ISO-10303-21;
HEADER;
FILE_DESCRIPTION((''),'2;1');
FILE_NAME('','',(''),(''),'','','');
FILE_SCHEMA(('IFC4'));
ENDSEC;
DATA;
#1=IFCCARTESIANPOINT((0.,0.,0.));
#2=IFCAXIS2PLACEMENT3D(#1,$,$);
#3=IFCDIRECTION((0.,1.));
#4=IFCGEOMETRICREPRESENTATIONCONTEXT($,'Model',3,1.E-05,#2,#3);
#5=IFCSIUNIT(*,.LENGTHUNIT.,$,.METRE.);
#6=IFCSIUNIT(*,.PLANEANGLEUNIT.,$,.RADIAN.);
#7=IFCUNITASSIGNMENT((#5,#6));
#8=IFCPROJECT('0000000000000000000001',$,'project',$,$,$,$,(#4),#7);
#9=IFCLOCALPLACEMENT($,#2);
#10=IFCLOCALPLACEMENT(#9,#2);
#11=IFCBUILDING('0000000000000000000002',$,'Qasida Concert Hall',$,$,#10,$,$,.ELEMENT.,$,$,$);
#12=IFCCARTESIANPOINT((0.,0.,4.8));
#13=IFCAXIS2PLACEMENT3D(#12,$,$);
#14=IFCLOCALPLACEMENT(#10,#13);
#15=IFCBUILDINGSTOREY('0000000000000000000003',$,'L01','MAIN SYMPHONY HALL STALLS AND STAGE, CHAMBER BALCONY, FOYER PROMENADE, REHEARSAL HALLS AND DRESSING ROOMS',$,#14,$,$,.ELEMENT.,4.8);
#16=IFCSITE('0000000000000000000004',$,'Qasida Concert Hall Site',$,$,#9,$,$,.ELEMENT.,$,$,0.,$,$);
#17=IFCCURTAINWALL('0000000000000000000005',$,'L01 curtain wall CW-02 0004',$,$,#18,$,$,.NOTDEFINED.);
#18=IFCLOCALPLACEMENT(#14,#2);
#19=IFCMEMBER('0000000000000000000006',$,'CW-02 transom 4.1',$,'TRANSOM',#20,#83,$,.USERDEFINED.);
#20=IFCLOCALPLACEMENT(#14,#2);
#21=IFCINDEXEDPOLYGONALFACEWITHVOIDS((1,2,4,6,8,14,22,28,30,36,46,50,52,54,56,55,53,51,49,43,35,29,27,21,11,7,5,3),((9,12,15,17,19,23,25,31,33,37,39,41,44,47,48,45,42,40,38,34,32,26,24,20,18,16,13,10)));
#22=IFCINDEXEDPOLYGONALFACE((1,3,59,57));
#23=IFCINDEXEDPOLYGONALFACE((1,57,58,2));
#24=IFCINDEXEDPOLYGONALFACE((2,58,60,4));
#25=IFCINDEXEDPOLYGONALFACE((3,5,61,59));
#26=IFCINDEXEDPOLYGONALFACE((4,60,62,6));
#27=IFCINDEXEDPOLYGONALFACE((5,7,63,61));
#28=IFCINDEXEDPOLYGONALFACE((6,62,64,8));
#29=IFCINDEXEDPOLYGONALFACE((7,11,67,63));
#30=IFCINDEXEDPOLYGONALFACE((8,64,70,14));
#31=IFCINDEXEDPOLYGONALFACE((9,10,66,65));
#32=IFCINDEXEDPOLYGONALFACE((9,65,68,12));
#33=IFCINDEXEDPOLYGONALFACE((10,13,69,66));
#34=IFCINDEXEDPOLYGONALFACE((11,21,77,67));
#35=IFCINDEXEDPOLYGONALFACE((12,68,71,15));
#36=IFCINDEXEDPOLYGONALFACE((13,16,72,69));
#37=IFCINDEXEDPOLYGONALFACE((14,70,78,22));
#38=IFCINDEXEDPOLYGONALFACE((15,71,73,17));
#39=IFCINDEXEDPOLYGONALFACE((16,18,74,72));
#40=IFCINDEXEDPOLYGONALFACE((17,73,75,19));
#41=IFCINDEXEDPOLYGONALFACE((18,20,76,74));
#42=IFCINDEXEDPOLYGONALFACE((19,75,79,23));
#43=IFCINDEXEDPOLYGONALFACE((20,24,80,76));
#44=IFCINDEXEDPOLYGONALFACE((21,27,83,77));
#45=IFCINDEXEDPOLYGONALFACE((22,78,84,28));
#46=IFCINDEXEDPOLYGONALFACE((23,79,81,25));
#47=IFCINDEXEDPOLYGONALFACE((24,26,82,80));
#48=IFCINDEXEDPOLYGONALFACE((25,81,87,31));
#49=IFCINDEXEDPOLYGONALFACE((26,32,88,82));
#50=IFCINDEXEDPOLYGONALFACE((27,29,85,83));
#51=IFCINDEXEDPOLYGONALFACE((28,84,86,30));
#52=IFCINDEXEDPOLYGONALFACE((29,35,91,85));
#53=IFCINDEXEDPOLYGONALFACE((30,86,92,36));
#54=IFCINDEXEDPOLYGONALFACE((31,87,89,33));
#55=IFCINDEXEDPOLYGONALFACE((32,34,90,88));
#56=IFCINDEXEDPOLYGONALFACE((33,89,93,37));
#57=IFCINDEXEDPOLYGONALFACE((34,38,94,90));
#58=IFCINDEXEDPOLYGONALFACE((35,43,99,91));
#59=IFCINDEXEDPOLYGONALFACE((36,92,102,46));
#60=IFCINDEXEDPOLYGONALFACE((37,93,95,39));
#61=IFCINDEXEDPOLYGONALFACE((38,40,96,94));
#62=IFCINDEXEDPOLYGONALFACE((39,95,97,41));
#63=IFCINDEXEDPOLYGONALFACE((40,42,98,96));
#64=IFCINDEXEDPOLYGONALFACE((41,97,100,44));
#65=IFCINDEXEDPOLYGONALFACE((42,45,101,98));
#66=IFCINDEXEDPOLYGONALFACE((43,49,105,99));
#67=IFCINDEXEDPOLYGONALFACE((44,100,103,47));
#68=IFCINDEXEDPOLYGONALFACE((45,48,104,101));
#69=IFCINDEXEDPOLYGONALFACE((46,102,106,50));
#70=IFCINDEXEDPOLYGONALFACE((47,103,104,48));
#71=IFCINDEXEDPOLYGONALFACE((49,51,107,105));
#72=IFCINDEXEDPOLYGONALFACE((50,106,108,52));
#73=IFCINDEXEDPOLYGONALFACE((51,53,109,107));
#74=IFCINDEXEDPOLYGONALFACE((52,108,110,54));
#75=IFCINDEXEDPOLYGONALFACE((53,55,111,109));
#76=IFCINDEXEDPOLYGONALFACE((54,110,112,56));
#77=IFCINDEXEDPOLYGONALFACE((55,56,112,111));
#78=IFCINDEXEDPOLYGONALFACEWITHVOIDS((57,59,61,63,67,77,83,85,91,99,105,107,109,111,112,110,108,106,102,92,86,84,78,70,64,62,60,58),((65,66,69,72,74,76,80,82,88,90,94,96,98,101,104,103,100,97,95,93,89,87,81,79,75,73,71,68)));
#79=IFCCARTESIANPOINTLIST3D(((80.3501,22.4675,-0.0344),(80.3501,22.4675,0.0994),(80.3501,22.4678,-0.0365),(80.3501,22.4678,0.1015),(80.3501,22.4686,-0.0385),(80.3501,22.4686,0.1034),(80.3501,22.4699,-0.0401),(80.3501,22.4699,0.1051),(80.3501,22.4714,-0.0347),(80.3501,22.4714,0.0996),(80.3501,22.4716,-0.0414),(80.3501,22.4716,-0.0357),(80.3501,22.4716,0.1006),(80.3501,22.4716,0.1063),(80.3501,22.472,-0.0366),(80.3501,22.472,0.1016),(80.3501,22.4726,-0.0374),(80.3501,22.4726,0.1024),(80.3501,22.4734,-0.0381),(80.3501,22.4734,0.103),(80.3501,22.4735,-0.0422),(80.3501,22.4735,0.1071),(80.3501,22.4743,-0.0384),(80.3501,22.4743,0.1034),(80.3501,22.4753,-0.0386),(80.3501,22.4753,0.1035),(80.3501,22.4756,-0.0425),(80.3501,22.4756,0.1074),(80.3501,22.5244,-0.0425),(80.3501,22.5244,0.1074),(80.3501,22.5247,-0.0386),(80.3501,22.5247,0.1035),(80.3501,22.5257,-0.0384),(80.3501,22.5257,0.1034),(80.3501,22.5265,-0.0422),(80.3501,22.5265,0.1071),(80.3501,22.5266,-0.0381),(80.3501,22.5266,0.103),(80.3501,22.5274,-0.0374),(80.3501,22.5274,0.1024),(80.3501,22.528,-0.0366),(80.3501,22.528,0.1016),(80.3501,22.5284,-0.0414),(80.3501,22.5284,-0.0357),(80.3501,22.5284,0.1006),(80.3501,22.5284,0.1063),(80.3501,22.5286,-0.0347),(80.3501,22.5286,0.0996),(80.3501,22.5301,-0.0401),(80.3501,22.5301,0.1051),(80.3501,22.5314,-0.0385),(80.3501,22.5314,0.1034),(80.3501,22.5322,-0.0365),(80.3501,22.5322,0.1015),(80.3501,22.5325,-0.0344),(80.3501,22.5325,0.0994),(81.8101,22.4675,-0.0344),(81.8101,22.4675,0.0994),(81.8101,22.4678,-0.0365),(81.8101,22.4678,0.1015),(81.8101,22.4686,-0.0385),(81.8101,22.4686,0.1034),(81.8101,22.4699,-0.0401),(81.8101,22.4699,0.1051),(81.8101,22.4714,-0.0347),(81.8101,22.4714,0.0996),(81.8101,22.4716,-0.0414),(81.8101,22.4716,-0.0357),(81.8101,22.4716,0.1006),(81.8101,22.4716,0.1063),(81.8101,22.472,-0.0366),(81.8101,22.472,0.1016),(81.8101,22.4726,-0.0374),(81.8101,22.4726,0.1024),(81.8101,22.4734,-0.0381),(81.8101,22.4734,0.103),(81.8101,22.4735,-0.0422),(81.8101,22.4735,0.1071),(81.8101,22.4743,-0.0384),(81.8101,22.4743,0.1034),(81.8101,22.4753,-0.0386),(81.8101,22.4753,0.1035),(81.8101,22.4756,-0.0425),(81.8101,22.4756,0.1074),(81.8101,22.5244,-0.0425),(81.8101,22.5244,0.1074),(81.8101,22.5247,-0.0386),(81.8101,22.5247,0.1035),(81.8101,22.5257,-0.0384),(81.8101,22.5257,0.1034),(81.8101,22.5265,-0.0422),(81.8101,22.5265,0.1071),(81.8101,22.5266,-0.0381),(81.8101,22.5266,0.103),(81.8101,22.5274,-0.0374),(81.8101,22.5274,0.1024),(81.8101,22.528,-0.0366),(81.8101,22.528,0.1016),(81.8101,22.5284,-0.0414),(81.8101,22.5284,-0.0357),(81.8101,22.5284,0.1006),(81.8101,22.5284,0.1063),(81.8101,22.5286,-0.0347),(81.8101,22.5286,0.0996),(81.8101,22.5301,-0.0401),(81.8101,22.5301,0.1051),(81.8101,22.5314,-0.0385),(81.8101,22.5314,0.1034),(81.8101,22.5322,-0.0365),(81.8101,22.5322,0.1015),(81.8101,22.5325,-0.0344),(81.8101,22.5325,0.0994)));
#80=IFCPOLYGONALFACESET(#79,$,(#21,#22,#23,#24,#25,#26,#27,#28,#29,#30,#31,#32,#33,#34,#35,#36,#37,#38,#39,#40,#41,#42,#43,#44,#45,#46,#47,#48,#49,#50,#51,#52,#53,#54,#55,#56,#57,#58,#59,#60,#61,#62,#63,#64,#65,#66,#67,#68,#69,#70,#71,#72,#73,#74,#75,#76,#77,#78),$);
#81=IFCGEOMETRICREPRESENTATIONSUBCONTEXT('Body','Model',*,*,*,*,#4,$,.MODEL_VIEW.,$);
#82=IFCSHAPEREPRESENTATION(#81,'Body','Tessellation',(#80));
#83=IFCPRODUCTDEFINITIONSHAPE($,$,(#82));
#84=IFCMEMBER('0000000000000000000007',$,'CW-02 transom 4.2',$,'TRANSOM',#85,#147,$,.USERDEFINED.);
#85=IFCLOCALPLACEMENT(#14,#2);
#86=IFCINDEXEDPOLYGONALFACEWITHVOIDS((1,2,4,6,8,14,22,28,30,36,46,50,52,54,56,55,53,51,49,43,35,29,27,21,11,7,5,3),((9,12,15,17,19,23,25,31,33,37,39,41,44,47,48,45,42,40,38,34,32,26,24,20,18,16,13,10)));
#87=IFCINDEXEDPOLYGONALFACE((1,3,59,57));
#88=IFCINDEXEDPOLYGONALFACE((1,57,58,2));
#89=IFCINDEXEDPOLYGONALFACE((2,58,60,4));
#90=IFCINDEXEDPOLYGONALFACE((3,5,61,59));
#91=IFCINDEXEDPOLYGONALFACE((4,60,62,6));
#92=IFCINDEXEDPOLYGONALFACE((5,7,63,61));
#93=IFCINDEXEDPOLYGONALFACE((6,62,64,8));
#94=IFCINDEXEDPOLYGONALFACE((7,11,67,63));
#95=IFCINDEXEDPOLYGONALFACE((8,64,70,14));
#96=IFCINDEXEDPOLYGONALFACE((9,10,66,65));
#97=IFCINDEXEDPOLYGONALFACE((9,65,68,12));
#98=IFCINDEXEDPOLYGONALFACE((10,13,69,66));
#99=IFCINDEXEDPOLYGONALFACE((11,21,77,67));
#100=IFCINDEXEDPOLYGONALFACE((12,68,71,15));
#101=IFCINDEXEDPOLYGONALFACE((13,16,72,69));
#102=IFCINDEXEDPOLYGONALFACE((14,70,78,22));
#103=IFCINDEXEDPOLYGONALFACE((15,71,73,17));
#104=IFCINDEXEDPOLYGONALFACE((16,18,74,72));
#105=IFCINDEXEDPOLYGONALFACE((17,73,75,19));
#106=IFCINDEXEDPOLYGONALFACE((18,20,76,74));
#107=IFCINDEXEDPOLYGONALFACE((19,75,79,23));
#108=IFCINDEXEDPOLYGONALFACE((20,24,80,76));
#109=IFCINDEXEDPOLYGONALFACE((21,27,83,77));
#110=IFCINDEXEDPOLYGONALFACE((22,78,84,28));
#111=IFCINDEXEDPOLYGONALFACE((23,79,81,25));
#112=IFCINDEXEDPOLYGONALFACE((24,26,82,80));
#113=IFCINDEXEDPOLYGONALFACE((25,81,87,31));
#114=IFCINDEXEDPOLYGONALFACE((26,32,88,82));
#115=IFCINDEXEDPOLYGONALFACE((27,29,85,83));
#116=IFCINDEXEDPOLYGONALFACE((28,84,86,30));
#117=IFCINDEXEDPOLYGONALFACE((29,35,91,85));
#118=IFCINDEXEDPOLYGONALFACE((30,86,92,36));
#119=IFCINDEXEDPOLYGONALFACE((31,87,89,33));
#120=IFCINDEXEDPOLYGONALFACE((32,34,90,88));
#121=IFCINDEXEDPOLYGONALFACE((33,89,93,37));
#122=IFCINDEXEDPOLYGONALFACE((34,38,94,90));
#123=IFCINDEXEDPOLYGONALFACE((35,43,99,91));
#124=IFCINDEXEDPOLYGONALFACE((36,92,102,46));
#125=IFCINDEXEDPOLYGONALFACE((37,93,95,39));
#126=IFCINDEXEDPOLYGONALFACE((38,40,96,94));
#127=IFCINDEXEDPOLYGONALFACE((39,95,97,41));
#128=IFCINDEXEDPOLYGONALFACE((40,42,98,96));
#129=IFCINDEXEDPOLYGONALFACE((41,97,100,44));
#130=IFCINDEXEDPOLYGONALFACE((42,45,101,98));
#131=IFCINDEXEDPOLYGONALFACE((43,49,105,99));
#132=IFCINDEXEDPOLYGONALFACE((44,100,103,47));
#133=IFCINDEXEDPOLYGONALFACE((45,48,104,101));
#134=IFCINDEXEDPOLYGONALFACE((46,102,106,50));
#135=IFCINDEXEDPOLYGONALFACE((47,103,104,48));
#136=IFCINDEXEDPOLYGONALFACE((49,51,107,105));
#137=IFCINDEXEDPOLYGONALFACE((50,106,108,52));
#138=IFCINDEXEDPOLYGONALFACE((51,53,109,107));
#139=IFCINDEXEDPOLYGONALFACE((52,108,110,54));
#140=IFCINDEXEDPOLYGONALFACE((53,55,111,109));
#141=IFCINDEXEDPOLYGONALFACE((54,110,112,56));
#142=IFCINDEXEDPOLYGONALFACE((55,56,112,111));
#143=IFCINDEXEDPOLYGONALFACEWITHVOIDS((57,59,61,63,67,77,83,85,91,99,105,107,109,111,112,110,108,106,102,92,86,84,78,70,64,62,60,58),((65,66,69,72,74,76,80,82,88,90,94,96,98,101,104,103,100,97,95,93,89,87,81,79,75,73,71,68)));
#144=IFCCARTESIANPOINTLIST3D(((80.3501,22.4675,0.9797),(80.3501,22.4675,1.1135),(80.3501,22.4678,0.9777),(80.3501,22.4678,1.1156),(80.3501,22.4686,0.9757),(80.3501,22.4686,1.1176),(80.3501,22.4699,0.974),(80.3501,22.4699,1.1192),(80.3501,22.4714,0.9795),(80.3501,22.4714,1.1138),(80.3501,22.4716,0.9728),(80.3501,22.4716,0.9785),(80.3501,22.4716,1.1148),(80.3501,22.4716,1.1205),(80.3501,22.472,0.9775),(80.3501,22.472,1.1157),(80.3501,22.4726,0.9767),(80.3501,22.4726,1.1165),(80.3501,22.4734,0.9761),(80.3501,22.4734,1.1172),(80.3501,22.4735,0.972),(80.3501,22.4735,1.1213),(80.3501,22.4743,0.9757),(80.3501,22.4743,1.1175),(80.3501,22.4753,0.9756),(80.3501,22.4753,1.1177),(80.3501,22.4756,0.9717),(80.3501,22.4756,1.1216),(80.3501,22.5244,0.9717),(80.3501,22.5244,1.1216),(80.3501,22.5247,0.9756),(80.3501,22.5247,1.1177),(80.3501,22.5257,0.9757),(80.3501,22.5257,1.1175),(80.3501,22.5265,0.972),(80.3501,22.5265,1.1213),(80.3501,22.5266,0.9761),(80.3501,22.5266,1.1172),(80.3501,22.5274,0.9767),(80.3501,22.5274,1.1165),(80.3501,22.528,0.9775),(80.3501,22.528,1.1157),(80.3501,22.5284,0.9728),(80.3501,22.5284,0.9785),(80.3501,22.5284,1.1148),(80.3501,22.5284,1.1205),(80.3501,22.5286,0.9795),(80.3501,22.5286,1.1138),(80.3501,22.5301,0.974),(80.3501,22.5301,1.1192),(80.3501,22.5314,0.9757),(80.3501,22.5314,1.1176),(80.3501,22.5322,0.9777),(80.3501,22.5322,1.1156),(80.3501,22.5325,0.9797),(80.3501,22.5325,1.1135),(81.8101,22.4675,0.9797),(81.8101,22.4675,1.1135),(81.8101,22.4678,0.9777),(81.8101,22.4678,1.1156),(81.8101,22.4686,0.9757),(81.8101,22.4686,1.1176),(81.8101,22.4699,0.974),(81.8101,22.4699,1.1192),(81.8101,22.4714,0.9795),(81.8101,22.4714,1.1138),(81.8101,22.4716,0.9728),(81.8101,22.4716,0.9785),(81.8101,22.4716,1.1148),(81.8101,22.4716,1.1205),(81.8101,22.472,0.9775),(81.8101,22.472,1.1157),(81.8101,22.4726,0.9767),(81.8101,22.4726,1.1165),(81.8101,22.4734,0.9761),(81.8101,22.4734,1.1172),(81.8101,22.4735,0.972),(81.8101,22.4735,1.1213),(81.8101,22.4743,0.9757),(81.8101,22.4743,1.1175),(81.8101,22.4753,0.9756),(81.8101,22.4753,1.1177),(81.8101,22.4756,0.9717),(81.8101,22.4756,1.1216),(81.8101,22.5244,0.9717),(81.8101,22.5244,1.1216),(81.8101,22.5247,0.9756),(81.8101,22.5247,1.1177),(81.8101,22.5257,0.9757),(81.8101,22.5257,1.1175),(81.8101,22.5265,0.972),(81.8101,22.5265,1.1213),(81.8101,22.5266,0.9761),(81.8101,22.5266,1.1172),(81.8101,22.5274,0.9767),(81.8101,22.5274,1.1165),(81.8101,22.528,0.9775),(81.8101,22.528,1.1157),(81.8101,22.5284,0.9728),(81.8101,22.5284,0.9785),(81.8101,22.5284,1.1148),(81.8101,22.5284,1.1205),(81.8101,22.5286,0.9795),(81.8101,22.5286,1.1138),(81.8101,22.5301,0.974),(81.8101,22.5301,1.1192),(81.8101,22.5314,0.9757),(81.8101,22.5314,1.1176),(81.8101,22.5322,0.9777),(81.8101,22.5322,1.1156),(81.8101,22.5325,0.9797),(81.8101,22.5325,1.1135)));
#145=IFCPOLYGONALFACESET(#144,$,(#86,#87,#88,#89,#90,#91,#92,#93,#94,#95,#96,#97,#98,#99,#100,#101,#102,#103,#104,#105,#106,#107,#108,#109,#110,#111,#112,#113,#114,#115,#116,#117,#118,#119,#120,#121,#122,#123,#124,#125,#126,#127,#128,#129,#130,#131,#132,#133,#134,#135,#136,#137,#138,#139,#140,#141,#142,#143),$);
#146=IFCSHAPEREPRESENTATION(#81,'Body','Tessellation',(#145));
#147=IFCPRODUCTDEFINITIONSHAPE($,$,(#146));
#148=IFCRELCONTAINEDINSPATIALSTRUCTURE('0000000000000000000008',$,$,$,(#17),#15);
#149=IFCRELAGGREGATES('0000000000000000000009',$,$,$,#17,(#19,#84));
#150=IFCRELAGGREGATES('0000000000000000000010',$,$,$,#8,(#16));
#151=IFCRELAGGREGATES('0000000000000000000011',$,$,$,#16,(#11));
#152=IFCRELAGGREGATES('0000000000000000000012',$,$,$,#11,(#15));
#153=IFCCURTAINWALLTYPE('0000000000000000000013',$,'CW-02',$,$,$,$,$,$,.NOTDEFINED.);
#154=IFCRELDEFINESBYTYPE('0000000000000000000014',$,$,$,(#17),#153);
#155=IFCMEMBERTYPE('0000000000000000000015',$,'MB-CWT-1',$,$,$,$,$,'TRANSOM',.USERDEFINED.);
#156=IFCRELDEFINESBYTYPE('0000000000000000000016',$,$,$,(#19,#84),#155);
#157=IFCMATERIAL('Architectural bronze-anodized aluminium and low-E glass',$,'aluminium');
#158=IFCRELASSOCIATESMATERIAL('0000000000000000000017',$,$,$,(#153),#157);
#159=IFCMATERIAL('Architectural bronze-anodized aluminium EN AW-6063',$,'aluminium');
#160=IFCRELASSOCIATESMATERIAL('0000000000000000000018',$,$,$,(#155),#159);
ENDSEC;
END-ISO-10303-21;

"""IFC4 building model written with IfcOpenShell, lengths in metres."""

from ifc_helpers import new_model, si_unit, direction, frame, origin, origin_2d, place, context, subcontext, project, spatial, hollow_rectangle, extrude, material, material_profile, profile_set, type_object, element, aggregate, save


model = new_model("IFC4")

# Units and contexts
model_context = context("Model", 3, precision=1e-05, world=origin(), true_north=direction((0.0, 1.0)))
body_context = subcontext(model_context, "Body", "Model", "MODEL_VIEW")
ifc_project = project(units=[si_unit("LENGTHUNIT", "METRE"), si_unit("PLANEANGLEUNIT", "RADIAN")], contexts=[model_context])

# Site, building, storey
site_placement = place(None, origin())
site = spatial("IfcSite", under=ifc_project, at=site_placement, Name="Qasida Concert Hall Site", CompositionType="ELEMENT", RefElevation=0.0)
building_placement = place(site_placement, origin())
building = spatial("IfcBuilding", under=site, at=building_placement, Name="Qasida Concert Hall", CompositionType="ELEMENT")
storey_placement = place(building_placement, frame((0.0, 0.0, 4.8)))
storey = spatial("IfcBuildingStorey", under=building, at=storey_placement, Name="L01", Description="MAIN SYMPHONY HALL STALLS AND STAGE, CHAMBER BALCONY, FOYER PROMENADE, REHEARSAL HALLS AND DRESSING ROOMS", CompositionType="ELEMENT", Elevation=4.8)

# Curtain wall
ifc_material_1 = material(Name="Architectural bronze-anodized aluminium and low-E glass", Category="aluminium")
curtain_wall_type = type_object("IfcCurtainWallType", Name="CW-02", PredefinedType="NOTDEFINED", material=ifc_material_1)
curtain_wall_1_placement = place(storey_placement, origin())
curtain_wall_1 = element("IfcCurtainWall", 1, at=curtain_wall_1_placement, inside=storey, type_object=curtain_wall_type, Name="L01 curtain wall CW-02 0004", PredefinedType="NOTDEFINED")
ifc_material_2 = material(Name="Architectural bronze-anodized aluminium EN AW-6063", Category="aluminium")

# Members
ifc_material_profile_1 = material_profile(ifc_material_2, hollow_rectangle(XDim=0.0649, YDim=0.1499, WallThickness=0.0039, InnerFilletRadius=0.0039, OuterFilletRadius=0.0081, at=origin_2d()), Name="CWT 150x65x4")
ifc_profile_set_1 = profile_set([ifc_material_profile_1], Name="Architectural bronze-anodized aluminium EN AW-6063")
member_type_1 = type_object("IfcMemberType", Name="MB-CWT-1", ElementType="TRANSOM", PredefinedType="USERDEFINED", material=ifc_profile_set_1)
member_1_placement = place(storey_placement, frame((80.3501, 22.5, 0.0325), z_axis=(1.0, 0.0, 0.0), x_axis=(0.0, 1.0, 0.0)))
member_1 = element("IfcMember", 2, at=member_1_placement, type_object=member_type_1, Name="CW-02 transom 4.1", ObjectType="TRANSOM", PredefinedType="USERDEFINED", context=body_context, shape_type="SweptSolid", body=[
    extrude(hollow_rectangle(XDim=0.0649, YDim=0.1499, WallThickness=0.0039, InnerFilletRadius=0.0039, OuterFilletRadius=0.0081, at=origin_2d()), origin(), (0.0, 0.0, 1.0), 1.46),
])
member_2_placement = place(storey_placement, frame((80.3501, 22.5, 1.0466), z_axis=(1.0, 0.0, 0.0), x_axis=(0.0, 1.0, 0.0)))
member_2 = element("IfcMember", 3, at=member_2_placement, type_object=member_type_1, Name="CW-02 transom 4.2", ObjectType="TRANSOM", PredefinedType="USERDEFINED", context=body_context, shape_type="SweptSolid", body=[
    extrude(hollow_rectangle(XDim=0.0649, YDim=0.1499, WallThickness=0.0039, InnerFilletRadius=0.0039, OuterFilletRadius=0.0081, at=origin_2d()), origin(), (0.0, 0.0, 1.0), 1.46),
])

aggregate(curtain_wall_1, [member_1, member_2])

save(model, "model.ifc")
